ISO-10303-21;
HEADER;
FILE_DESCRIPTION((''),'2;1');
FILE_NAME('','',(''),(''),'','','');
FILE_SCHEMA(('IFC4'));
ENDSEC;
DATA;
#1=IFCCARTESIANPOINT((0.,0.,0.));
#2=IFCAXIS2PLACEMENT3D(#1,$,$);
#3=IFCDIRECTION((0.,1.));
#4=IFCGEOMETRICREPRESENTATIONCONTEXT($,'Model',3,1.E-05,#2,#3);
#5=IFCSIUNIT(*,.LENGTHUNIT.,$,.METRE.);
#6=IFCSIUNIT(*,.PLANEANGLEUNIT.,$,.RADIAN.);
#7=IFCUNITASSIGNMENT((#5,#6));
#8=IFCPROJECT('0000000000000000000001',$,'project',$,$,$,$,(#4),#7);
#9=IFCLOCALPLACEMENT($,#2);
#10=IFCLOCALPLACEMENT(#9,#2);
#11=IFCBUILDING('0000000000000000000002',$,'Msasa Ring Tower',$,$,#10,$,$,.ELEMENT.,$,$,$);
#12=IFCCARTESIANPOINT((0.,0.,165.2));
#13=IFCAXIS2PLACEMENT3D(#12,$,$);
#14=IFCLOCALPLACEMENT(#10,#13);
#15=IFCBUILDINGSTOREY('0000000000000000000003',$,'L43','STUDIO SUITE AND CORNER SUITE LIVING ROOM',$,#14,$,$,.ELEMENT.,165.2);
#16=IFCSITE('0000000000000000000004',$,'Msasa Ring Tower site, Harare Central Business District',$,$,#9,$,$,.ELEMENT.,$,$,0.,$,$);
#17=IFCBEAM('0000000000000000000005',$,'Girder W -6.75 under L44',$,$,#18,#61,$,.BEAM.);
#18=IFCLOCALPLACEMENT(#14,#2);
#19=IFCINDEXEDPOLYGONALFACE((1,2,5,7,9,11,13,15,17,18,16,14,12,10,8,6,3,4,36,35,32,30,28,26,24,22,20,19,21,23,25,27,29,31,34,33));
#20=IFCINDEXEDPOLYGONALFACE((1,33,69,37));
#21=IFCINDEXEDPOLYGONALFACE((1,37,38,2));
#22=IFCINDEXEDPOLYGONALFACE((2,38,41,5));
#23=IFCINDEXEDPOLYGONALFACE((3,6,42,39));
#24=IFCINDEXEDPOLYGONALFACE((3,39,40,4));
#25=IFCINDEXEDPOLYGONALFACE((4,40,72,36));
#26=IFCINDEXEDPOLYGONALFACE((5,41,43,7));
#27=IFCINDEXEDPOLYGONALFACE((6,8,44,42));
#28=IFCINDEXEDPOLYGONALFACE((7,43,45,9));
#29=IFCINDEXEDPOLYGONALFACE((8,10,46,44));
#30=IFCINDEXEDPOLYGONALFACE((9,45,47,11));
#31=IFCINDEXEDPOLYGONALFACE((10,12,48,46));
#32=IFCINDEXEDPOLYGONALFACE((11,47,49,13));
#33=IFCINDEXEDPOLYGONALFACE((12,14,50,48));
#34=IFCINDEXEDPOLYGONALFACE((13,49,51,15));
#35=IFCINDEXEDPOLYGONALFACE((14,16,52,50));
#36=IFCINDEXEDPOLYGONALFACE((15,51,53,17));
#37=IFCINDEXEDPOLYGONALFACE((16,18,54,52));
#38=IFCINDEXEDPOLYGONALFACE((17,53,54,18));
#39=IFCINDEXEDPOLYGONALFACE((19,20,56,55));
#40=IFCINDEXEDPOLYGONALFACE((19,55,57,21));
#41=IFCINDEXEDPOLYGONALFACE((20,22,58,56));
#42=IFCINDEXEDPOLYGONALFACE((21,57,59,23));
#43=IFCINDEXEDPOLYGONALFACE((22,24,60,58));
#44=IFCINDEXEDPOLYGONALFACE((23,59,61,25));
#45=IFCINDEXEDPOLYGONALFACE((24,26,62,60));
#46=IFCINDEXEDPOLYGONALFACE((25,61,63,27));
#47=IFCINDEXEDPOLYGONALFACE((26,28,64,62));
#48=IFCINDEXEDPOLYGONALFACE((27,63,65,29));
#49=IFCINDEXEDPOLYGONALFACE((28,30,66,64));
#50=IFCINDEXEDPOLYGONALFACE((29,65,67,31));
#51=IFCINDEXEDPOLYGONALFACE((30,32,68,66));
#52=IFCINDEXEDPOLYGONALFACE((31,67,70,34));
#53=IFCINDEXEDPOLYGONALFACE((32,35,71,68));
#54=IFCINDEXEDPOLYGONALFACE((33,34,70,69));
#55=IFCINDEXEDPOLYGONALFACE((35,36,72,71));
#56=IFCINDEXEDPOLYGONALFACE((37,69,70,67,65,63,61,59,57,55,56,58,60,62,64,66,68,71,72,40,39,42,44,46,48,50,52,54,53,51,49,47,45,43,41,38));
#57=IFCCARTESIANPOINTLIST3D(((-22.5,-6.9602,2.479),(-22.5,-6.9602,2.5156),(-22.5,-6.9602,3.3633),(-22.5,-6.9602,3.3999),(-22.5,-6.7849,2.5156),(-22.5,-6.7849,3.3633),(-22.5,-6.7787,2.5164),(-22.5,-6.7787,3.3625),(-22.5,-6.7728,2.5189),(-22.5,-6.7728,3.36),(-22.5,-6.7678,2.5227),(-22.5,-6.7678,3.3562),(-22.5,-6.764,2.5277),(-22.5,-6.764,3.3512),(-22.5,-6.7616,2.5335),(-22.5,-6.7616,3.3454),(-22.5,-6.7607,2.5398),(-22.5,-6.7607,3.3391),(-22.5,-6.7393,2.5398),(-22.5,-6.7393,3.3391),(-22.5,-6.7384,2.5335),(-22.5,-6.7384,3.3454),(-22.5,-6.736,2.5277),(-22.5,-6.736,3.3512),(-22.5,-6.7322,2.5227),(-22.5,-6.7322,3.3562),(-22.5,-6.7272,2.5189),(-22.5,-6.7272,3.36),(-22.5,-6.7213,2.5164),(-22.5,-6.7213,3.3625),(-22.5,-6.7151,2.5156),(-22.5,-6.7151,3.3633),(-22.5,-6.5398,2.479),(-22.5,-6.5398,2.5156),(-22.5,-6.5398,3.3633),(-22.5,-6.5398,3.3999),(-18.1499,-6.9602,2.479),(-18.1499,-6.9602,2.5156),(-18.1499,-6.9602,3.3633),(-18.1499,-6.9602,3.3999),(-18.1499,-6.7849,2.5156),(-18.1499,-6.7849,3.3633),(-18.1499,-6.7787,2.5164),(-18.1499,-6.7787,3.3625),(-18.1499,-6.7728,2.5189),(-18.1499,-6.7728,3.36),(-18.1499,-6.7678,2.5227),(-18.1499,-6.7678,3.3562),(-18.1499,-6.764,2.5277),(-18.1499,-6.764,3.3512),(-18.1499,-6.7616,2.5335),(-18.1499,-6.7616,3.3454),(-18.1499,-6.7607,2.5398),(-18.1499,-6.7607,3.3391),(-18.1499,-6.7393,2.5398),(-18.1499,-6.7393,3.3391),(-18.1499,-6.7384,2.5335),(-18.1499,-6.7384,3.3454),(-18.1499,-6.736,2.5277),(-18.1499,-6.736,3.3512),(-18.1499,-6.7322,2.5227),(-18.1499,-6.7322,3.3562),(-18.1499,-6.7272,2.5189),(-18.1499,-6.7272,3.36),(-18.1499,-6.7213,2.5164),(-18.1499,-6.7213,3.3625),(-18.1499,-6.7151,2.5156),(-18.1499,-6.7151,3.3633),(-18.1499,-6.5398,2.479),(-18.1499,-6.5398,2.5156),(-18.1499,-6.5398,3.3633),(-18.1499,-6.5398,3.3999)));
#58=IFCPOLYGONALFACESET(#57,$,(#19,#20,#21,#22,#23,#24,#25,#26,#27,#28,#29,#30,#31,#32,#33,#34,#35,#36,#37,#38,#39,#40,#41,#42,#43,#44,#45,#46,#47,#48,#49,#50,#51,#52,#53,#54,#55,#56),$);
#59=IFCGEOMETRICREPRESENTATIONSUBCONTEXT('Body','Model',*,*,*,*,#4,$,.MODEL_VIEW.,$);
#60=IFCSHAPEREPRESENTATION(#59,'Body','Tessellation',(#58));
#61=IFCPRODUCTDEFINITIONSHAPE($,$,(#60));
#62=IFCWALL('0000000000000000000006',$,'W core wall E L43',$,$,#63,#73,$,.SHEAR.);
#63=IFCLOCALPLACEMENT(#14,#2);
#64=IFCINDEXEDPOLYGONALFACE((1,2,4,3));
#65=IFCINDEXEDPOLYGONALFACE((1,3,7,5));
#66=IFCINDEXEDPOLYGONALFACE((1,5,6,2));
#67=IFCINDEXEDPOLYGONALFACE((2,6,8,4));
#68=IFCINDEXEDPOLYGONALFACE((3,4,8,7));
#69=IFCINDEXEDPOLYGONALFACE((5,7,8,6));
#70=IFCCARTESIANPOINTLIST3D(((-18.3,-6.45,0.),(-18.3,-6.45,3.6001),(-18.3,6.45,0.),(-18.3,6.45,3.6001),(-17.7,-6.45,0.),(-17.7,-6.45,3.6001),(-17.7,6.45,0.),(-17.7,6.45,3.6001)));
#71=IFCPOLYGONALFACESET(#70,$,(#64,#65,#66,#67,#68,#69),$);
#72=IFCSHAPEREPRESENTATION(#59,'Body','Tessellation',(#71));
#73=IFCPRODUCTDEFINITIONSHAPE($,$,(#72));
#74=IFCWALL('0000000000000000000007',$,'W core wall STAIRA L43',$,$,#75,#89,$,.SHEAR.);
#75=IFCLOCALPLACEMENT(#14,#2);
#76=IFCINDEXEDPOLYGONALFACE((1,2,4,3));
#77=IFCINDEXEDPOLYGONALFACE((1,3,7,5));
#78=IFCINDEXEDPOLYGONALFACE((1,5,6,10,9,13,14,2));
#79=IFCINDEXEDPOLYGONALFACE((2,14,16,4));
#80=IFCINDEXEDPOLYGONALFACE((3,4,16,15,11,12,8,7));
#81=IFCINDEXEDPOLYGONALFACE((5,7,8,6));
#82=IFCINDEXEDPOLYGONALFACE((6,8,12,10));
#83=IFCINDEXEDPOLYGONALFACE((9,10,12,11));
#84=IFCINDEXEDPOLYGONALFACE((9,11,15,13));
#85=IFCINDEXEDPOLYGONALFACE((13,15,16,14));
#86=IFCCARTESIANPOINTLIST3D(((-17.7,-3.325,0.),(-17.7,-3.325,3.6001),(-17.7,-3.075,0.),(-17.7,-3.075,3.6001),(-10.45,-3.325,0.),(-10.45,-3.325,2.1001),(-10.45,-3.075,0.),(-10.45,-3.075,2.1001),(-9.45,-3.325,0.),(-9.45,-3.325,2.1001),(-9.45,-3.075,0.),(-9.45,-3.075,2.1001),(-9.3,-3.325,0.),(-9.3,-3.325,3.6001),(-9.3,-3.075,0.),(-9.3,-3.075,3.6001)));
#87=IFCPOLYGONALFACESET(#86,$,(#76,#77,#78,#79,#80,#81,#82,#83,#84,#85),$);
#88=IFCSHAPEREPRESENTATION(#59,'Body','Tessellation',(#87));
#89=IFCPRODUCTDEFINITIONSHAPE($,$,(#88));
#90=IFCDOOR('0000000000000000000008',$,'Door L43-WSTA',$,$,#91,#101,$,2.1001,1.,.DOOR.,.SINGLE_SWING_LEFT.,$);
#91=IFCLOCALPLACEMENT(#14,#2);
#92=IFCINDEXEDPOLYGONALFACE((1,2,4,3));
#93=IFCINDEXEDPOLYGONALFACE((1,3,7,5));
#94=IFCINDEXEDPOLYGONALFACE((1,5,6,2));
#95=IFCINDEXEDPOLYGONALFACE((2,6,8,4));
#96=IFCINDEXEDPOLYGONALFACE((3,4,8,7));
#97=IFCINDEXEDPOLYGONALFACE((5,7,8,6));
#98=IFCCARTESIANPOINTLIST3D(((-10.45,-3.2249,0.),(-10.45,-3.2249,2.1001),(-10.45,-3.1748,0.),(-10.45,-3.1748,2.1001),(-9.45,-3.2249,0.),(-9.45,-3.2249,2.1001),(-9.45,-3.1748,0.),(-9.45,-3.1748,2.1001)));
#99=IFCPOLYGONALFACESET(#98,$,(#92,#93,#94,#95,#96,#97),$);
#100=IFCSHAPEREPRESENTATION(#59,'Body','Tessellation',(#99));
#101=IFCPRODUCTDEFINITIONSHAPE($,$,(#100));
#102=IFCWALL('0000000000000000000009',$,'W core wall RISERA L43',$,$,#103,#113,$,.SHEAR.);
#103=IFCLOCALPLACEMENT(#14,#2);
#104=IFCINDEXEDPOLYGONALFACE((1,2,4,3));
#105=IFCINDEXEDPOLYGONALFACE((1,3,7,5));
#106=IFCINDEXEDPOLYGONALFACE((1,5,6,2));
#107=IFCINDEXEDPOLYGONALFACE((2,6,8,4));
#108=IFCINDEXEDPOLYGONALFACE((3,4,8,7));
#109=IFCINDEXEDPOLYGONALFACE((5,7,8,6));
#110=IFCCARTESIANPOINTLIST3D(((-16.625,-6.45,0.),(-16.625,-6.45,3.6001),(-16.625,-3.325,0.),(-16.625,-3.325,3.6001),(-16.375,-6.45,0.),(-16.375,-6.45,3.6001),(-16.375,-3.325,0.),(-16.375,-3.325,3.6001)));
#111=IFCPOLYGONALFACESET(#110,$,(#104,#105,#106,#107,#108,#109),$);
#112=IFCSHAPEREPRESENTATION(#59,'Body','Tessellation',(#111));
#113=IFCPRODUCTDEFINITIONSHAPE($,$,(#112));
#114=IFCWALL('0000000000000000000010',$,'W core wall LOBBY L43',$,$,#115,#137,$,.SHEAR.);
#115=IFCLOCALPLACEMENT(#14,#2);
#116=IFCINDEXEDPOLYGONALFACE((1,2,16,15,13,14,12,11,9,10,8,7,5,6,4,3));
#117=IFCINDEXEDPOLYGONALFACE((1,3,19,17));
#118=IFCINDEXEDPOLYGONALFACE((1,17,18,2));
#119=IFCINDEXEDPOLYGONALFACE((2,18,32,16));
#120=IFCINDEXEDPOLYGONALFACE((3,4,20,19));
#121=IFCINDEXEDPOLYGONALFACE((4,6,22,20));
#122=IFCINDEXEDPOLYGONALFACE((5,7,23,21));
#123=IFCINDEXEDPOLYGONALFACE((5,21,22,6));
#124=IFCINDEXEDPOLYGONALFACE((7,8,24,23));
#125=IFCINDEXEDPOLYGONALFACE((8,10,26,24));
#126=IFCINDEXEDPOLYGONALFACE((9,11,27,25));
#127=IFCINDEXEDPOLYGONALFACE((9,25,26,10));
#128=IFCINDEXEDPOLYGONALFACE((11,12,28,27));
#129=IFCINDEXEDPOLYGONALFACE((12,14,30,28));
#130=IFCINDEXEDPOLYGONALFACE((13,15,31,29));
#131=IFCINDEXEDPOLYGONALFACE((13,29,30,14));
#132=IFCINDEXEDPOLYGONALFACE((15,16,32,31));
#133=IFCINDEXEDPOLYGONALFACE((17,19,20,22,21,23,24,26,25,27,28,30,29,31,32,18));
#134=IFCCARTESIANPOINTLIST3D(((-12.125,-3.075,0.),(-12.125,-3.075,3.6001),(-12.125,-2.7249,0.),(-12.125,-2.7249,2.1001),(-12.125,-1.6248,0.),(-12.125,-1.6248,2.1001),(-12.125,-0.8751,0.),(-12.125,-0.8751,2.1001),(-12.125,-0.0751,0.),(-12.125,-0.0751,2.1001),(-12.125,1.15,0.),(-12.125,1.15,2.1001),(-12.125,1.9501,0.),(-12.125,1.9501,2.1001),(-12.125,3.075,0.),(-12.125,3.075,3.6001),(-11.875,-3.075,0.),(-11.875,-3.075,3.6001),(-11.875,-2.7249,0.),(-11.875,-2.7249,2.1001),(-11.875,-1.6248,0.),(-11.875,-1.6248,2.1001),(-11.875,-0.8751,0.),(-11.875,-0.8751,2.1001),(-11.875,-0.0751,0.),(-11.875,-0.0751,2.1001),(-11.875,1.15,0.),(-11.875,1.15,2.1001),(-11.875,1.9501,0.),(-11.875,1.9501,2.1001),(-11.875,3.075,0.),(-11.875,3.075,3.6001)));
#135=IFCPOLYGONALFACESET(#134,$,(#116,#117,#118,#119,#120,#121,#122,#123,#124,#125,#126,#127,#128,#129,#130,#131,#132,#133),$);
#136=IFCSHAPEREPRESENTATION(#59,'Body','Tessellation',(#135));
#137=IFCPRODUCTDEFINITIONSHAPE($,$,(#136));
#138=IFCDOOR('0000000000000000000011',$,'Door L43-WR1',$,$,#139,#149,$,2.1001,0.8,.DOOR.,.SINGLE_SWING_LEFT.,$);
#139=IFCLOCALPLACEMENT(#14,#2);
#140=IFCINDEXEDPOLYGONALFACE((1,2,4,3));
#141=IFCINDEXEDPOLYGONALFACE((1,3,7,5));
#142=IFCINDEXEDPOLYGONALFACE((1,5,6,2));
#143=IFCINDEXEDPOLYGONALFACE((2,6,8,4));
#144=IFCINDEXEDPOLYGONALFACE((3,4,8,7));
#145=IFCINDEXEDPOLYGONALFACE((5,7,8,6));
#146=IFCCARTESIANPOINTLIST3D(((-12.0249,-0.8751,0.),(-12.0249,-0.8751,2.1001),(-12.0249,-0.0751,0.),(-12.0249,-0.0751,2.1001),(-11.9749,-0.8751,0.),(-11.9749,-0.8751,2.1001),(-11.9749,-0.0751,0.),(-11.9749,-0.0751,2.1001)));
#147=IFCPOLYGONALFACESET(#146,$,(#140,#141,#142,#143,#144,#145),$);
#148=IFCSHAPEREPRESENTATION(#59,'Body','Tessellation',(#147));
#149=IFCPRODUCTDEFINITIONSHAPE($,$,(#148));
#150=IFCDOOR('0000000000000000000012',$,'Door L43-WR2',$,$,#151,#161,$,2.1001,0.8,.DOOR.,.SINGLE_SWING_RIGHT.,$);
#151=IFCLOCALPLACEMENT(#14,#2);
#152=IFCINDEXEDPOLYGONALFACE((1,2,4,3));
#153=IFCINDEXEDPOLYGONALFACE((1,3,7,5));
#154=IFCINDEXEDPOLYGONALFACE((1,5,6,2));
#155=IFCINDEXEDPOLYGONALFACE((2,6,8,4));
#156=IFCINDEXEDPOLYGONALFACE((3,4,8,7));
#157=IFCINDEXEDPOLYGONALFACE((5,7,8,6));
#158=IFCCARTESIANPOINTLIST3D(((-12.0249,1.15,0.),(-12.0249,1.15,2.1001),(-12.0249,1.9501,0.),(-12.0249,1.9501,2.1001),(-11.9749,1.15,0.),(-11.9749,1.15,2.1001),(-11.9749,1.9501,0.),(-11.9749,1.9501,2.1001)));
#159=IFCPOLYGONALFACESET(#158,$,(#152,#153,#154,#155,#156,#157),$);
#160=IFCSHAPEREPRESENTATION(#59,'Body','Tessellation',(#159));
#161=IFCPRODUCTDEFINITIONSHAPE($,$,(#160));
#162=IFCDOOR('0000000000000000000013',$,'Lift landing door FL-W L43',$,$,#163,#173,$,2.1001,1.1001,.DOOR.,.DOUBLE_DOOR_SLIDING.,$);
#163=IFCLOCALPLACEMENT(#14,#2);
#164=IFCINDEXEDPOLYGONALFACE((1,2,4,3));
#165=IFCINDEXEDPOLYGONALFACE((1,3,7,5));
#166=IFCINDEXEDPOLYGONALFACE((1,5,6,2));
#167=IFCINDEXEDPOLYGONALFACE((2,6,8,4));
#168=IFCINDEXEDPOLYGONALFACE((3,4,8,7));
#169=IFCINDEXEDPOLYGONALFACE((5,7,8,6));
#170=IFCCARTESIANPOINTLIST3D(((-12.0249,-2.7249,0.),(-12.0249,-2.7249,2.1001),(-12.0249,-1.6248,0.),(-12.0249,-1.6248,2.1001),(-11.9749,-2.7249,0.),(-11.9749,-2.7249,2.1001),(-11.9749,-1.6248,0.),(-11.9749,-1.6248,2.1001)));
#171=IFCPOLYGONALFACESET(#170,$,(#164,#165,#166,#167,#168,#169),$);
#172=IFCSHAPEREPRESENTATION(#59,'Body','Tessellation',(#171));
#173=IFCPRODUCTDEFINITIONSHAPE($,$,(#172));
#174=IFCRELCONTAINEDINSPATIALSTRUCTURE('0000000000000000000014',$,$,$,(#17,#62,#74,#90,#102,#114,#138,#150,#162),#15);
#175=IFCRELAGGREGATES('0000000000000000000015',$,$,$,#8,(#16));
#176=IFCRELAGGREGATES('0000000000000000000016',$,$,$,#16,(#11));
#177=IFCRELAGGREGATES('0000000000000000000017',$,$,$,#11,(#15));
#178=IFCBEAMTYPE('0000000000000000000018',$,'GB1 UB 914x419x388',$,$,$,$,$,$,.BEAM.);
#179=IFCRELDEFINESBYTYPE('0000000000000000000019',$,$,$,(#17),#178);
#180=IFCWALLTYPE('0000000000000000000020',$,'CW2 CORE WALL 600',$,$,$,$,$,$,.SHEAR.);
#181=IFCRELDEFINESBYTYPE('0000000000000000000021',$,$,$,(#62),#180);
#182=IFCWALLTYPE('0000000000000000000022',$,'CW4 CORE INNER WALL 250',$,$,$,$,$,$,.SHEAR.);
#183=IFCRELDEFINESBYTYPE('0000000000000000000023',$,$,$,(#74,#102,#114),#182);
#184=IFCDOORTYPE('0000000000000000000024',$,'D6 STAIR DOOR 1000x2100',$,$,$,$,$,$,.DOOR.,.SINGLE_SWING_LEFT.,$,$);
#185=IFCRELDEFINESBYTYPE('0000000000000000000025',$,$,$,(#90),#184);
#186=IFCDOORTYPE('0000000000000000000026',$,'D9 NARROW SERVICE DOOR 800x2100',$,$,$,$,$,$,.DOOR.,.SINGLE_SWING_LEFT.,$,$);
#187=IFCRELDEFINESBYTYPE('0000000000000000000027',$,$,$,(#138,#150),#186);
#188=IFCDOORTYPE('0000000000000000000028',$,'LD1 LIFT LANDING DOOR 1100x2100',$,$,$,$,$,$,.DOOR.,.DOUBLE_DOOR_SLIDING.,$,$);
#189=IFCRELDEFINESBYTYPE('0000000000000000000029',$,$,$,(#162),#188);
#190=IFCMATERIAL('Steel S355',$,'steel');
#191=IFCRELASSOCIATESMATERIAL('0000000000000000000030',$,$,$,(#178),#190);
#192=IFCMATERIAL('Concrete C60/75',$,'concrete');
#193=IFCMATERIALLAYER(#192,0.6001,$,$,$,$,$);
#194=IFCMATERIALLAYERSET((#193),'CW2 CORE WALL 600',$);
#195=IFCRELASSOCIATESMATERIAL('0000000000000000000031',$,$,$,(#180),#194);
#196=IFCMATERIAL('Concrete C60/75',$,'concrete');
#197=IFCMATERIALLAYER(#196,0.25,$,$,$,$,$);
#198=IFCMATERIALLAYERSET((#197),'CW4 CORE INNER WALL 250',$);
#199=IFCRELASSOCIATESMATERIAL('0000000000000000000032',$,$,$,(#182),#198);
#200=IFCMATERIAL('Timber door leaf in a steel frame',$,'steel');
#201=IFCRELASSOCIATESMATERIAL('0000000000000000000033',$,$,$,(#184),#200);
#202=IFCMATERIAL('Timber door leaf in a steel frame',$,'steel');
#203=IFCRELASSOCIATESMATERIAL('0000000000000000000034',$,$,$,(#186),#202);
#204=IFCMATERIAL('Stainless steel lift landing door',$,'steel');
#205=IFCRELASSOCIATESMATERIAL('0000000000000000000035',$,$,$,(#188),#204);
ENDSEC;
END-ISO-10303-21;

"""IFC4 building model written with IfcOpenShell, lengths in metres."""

from ifc_helpers import new_model, si_unit, direction, frame, frame_2d, origin, origin_2d, place, context, subcontext, project, spatial, rectangle, i_section, extrude, material, layer, layer_set, material_profile, profile_set, type_object, element, fill, save


model = new_model("IFC4")

# Units and contexts
model_context = context("Model", 3, precision=1e-05, world=origin(), true_north=direction((0.0, 1.0)))
body_context = subcontext(model_context, "Body", "Model", "MODEL_VIEW")
ifc_project = project(units=[si_unit("LENGTHUNIT", "METRE"), si_unit("PLANEANGLEUNIT", "RADIAN")], contexts=[model_context])

# Site, building, storey
site_placement = place(None, origin())
site = spatial("IfcSite", under=ifc_project, at=site_placement, Name="Msasa Ring Tower site, Harare Central Business District", CompositionType="ELEMENT", RefElevation=0.0)
building_placement = place(site_placement, origin())
building = spatial("IfcBuilding", under=site, at=building_placement, Name="Msasa Ring Tower", CompositionType="ELEMENT")
storey_placement = place(building_placement, frame((0.0, 0.0, 165.2)))
storey = spatial("IfcBuildingStorey", under=building, at=storey_placement, Name="L43", Description="STUDIO SUITE AND CORNER SUITE LIVING ROOM", CompositionType="ELEMENT", Elevation=165.2)

# Beam
ifc_material_1 = material(Name="Steel S355", Category="steel")
ifc_material_profile = material_profile(ifc_material_1, i_section(OverallWidth=0.4204, OverallDepth=0.9209, WebThickness=0.0215, FlangeThickness=0.0366, FilletRadius=0.0242, at=origin_2d()), Name="UB 914x419x388")
ifc_profile_set = profile_set([ifc_material_profile], Name="Steel S355")
beam_type = type_object("IfcBeamType", Name="GB1 UB 914x419x388", PredefinedType="BEAM", material=ifc_profile_set)
beam_placement = place(storey_placement, frame((-18.1499, -6.75, 2.9395), z_axis=(-1.0, 0.0, 0.0), x_axis=(0.0, -1.0, 0.0)))
element("IfcBeam", 1, at=beam_placement, inside=storey, type_object=beam_type, Name="Girder W -6.75 under L44", PredefinedType="BEAM", context=body_context, shape_type="SweptSolid", body=[
    extrude(i_section(OverallWidth=0.4204, OverallDepth=0.9209, WebThickness=0.0215, FlangeThickness=0.0366, FilletRadius=0.0242, at=origin_2d()), origin(), (0.0, 0.0, 1.0), 4.3501),
])

# Wall
ifc_material_2 = material(Name="Concrete C60/75", Category="concrete")
ifc_layer_1 = layer(ifc_material_2, 0.6001)
ifc_layer_set_1 = layer_set([ifc_layer_1], Name="CW2 CORE WALL 600")
wall_type_1 = type_object("IfcWallType", Name="CW2 CORE WALL 600", PredefinedType="SHEAR", material=ifc_layer_set_1)
wall_1_placement = place(storey_placement, frame((-18.0, -6.45, 0.0), z_axis=(0.0, 0.0, 1.0), x_axis=(0.0, 1.0, 0.0)))
element("IfcWall", 2, at=wall_1_placement, inside=storey, type_object=wall_type_1, Name="W core wall E L43", PredefinedType="SHEAR", context=body_context, shape_type="SweptSolid", body=[
    extrude(rectangle(XDim=12.8999, YDim=0.6001, at=frame_2d((6.45, 0.0))), origin(), (0.0, 0.0, 1.0), 3.6001),
])

# Wall, opening, door
ifc_material_3 = material(Name="Concrete C60/75", Category="concrete")
ifc_layer_2 = layer(ifc_material_3, 0.25)
ifc_layer_set_2 = layer_set([ifc_layer_2], Name="CW4 CORE INNER WALL 250")
wall_type_2 = type_object("IfcWallType", Name="CW4 CORE INNER WALL 250", PredefinedType="SHEAR", material=ifc_layer_set_2)
wall_2_placement = place(storey_placement, frame((-9.3, -3.2, 0.0), z_axis=(0.0, 0.0, 1.0), x_axis=(-1.0, 0.0, 0.0)))
wall_2 = element("IfcWall", 3, at=wall_2_placement, inside=storey, type_object=wall_type_2, Name="W core wall STAIRA L43", PredefinedType="SHEAR", context=body_context, shape_type="SweptSolid", body=[
    extrude(rectangle(XDim=8.3999, YDim=0.25, at=frame_2d((4.2, 0.0))), origin(), (0.0, 0.0, 1.0), 3.6001),
])
opening_1_placement = place(wall_2_placement, frame((0.1499, 0.0, 0.0)))
opening_1 = element("IfcOpeningElement", 4, at=opening_1_placement, cuts=wall_2, PredefinedType="OPENING", context=body_context, shape_type="SweptSolid", body=[
    extrude(rectangle(XDim=1.0, YDim=2.1001, at=frame_2d((0.5, 1.05))), frame((0.0, 0.135, 0.0), z_axis=(0.0, -1.0, 0.0), x_axis=(1.0, 0.0, 0.0)), (0.0, 0.0, 1.0), 0.27),
])
ifc_material_4 = material(Name="Timber door leaf in a steel frame", Category="steel")
door_type_1 = type_object("IfcDoorType", Name="D6 STAIR DOOR 1000x2100", OperationType="SINGLE_SWING_LEFT", PredefinedType="DOOR", material=ifc_material_4)
door_1_placement = place(opening_1_placement, origin())
door_1 = element("IfcDoor", 5, at=door_1_placement, inside=storey, type_object=door_type_1, Name="Door L43-WSTA", OperationType="SINGLE_SWING_LEFT", OverallHeight=2.1001, OverallWidth=1.0, PredefinedType="DOOR", context=body_context, shape_type="SweptSolid", body=[
    extrude(rectangle(XDim=1.0, YDim=2.1001, at=frame_2d((0.5, 1.05))), frame((0.0, 0.0249, 0.0), z_axis=(0.0, -1.0, 0.0), x_axis=(1.0, 0.0, 0.0)), (0.0, 0.0, 1.0), 0.05),
])
fill(opening_1, door_1)

# Wall
wall_3_placement = place(storey_placement, frame((-16.5, -6.45, 0.0), z_axis=(0.0, 0.0, 1.0), x_axis=(0.0, 1.0, 0.0)))
element("IfcWall", 6, at=wall_3_placement, inside=storey, type_object=wall_type_2, Name="W core wall RISERA L43", PredefinedType="SHEAR", context=body_context, shape_type="SweptSolid", body=[
    extrude(rectangle(XDim=3.125, YDim=0.25, at=frame_2d((1.5625, 0.0))), origin(), (0.0, 0.0, 1.0), 3.6001),
])

# Wall, openings, doors
wall_4_placement = place(storey_placement, frame((-12.0, -3.075, 0.0), z_axis=(0.0, 0.0, 1.0), x_axis=(0.0, 1.0, 0.0)))
wall_4 = element("IfcWall", 7, at=wall_4_placement, inside=storey, type_object=wall_type_2, Name="W core wall LOBBY L43", PredefinedType="SHEAR", context=body_context, shape_type="SweptSolid", body=[
    extrude(rectangle(XDim=6.1499, YDim=0.25, at=frame_2d((3.075, 0.0))), origin(), (0.0, 0.0, 1.0), 3.6001),
])
opening_2_placement = place(wall_4_placement, frame((2.2, 0.0, 0.0)))
opening_2 = element("IfcOpeningElement", 8, at=opening_2_placement, cuts=wall_4, PredefinedType="OPENING", context=body_context, shape_type="SweptSolid", body=[
    extrude(rectangle(XDim=0.8, YDim=2.1001, at=frame_2d((0.3999, 1.05))), frame((0.0, 0.135, 0.0), z_axis=(0.0, -1.0, 0.0), x_axis=(1.0, 0.0, 0.0)), (0.0, 0.0, 1.0), 0.27),
])
opening_3_placement = place(wall_4_placement, frame((4.2251, 0.0, 0.0)))
opening_3 = element("IfcOpeningElement", 9, at=opening_3_placement, cuts=wall_4, PredefinedType="OPENING", context=body_context, shape_type="SweptSolid", body=[
    extrude(rectangle(XDim=0.8, YDim=2.1001, at=frame_2d((0.3999, 1.05))), frame((0.0, 0.135, 0.0), z_axis=(0.0, -1.0, 0.0), x_axis=(1.0, 0.0, 0.0)), (0.0, 0.0, 1.0), 0.27),
])
opening_4_placement = place(wall_4_placement, frame((0.3501, 0.0, 0.0)))
opening_4 = element("IfcOpeningElement", 10, at=opening_4_placement, cuts=wall_4, PredefinedType="OPENING", context=body_context, shape_type="SweptSolid", body=[
    extrude(rectangle(XDim=1.1001, YDim=2.1001, at=frame_2d((0.55, 1.05))), frame((0.0, 0.135, 0.0), z_axis=(0.0, -1.0, 0.0), x_axis=(1.0, 0.0, 0.0)), (0.0, 0.0, 1.0), 0.27),
])
ifc_material_5 = material(Name="Timber door leaf in a steel frame", Category="steel")
door_type_2 = type_object("IfcDoorType", Name="D9 NARROW SERVICE DOOR 800x2100", OperationType="SINGLE_SWING_LEFT", PredefinedType="DOOR", material=ifc_material_5)
door_2_placement = place(opening_2_placement, origin())
door_2 = element("IfcDoor", 11, at=door_2_placement, inside=storey, type_object=door_type_2, Name="Door L43-WR1", OperationType="SINGLE_SWING_LEFT", OverallHeight=2.1001, OverallWidth=0.8, PredefinedType="DOOR", context=body_context, shape_type="SweptSolid", body=[
    extrude(rectangle(XDim=0.8, YDim=2.1001, at=frame_2d((0.3999, 1.05))), frame((0.0, 0.0249, 0.0), z_axis=(0.0, -1.0, 0.0), x_axis=(1.0, 0.0, 0.0)), (0.0, 0.0, 1.0), 0.05),
])
fill(opening_2, door_2)
door_3_placement = place(opening_3_placement, origin())
door_3 = element("IfcDoor", 12, at=door_3_placement, inside=storey, type_object=door_type_2, Name="Door L43-WR2", OperationType="SINGLE_SWING_RIGHT", OverallHeight=2.1001, OverallWidth=0.8, PredefinedType="DOOR", context=body_context, shape_type="SweptSolid", body=[
    extrude(rectangle(XDim=0.8, YDim=2.1001, at=frame_2d((0.3999, 1.05))), frame((0.0, 0.0249, 0.0), z_axis=(0.0, -1.0, 0.0), x_axis=(1.0, 0.0, 0.0)), (0.0, 0.0, 1.0), 0.05),
])
fill(opening_3, door_3)
ifc_material_6 = material(Name="Stainless steel lift landing door", Category="steel")
door_type_3 = type_object("IfcDoorType", Name="LD1 LIFT LANDING DOOR 1100x2100", OperationType="DOUBLE_DOOR_SLIDING", PredefinedType="DOOR", material=ifc_material_6)
door_4_placement = place(opening_4_placement, origin())
door_4 = element("IfcDoor", 13, at=door_4_placement, inside=storey, type_object=door_type_3, Name="Lift landing door FL-W L43", OperationType="DOUBLE_DOOR_SLIDING", OverallHeight=2.1001, OverallWidth=1.1001, PredefinedType="DOOR", context=body_context, shape_type="SweptSolid", body=[
    extrude(rectangle(XDim=1.1001, YDim=2.1001, at=frame_2d((0.55, 1.05))), frame((0.0, 0.0249, 0.0), z_axis=(0.0, -1.0, 0.0), x_axis=(1.0, 0.0, 0.0)), (0.0, 0.0, 1.0), 0.05),
])
fill(opening_4, door_4)

save(model, "model.ifc")
